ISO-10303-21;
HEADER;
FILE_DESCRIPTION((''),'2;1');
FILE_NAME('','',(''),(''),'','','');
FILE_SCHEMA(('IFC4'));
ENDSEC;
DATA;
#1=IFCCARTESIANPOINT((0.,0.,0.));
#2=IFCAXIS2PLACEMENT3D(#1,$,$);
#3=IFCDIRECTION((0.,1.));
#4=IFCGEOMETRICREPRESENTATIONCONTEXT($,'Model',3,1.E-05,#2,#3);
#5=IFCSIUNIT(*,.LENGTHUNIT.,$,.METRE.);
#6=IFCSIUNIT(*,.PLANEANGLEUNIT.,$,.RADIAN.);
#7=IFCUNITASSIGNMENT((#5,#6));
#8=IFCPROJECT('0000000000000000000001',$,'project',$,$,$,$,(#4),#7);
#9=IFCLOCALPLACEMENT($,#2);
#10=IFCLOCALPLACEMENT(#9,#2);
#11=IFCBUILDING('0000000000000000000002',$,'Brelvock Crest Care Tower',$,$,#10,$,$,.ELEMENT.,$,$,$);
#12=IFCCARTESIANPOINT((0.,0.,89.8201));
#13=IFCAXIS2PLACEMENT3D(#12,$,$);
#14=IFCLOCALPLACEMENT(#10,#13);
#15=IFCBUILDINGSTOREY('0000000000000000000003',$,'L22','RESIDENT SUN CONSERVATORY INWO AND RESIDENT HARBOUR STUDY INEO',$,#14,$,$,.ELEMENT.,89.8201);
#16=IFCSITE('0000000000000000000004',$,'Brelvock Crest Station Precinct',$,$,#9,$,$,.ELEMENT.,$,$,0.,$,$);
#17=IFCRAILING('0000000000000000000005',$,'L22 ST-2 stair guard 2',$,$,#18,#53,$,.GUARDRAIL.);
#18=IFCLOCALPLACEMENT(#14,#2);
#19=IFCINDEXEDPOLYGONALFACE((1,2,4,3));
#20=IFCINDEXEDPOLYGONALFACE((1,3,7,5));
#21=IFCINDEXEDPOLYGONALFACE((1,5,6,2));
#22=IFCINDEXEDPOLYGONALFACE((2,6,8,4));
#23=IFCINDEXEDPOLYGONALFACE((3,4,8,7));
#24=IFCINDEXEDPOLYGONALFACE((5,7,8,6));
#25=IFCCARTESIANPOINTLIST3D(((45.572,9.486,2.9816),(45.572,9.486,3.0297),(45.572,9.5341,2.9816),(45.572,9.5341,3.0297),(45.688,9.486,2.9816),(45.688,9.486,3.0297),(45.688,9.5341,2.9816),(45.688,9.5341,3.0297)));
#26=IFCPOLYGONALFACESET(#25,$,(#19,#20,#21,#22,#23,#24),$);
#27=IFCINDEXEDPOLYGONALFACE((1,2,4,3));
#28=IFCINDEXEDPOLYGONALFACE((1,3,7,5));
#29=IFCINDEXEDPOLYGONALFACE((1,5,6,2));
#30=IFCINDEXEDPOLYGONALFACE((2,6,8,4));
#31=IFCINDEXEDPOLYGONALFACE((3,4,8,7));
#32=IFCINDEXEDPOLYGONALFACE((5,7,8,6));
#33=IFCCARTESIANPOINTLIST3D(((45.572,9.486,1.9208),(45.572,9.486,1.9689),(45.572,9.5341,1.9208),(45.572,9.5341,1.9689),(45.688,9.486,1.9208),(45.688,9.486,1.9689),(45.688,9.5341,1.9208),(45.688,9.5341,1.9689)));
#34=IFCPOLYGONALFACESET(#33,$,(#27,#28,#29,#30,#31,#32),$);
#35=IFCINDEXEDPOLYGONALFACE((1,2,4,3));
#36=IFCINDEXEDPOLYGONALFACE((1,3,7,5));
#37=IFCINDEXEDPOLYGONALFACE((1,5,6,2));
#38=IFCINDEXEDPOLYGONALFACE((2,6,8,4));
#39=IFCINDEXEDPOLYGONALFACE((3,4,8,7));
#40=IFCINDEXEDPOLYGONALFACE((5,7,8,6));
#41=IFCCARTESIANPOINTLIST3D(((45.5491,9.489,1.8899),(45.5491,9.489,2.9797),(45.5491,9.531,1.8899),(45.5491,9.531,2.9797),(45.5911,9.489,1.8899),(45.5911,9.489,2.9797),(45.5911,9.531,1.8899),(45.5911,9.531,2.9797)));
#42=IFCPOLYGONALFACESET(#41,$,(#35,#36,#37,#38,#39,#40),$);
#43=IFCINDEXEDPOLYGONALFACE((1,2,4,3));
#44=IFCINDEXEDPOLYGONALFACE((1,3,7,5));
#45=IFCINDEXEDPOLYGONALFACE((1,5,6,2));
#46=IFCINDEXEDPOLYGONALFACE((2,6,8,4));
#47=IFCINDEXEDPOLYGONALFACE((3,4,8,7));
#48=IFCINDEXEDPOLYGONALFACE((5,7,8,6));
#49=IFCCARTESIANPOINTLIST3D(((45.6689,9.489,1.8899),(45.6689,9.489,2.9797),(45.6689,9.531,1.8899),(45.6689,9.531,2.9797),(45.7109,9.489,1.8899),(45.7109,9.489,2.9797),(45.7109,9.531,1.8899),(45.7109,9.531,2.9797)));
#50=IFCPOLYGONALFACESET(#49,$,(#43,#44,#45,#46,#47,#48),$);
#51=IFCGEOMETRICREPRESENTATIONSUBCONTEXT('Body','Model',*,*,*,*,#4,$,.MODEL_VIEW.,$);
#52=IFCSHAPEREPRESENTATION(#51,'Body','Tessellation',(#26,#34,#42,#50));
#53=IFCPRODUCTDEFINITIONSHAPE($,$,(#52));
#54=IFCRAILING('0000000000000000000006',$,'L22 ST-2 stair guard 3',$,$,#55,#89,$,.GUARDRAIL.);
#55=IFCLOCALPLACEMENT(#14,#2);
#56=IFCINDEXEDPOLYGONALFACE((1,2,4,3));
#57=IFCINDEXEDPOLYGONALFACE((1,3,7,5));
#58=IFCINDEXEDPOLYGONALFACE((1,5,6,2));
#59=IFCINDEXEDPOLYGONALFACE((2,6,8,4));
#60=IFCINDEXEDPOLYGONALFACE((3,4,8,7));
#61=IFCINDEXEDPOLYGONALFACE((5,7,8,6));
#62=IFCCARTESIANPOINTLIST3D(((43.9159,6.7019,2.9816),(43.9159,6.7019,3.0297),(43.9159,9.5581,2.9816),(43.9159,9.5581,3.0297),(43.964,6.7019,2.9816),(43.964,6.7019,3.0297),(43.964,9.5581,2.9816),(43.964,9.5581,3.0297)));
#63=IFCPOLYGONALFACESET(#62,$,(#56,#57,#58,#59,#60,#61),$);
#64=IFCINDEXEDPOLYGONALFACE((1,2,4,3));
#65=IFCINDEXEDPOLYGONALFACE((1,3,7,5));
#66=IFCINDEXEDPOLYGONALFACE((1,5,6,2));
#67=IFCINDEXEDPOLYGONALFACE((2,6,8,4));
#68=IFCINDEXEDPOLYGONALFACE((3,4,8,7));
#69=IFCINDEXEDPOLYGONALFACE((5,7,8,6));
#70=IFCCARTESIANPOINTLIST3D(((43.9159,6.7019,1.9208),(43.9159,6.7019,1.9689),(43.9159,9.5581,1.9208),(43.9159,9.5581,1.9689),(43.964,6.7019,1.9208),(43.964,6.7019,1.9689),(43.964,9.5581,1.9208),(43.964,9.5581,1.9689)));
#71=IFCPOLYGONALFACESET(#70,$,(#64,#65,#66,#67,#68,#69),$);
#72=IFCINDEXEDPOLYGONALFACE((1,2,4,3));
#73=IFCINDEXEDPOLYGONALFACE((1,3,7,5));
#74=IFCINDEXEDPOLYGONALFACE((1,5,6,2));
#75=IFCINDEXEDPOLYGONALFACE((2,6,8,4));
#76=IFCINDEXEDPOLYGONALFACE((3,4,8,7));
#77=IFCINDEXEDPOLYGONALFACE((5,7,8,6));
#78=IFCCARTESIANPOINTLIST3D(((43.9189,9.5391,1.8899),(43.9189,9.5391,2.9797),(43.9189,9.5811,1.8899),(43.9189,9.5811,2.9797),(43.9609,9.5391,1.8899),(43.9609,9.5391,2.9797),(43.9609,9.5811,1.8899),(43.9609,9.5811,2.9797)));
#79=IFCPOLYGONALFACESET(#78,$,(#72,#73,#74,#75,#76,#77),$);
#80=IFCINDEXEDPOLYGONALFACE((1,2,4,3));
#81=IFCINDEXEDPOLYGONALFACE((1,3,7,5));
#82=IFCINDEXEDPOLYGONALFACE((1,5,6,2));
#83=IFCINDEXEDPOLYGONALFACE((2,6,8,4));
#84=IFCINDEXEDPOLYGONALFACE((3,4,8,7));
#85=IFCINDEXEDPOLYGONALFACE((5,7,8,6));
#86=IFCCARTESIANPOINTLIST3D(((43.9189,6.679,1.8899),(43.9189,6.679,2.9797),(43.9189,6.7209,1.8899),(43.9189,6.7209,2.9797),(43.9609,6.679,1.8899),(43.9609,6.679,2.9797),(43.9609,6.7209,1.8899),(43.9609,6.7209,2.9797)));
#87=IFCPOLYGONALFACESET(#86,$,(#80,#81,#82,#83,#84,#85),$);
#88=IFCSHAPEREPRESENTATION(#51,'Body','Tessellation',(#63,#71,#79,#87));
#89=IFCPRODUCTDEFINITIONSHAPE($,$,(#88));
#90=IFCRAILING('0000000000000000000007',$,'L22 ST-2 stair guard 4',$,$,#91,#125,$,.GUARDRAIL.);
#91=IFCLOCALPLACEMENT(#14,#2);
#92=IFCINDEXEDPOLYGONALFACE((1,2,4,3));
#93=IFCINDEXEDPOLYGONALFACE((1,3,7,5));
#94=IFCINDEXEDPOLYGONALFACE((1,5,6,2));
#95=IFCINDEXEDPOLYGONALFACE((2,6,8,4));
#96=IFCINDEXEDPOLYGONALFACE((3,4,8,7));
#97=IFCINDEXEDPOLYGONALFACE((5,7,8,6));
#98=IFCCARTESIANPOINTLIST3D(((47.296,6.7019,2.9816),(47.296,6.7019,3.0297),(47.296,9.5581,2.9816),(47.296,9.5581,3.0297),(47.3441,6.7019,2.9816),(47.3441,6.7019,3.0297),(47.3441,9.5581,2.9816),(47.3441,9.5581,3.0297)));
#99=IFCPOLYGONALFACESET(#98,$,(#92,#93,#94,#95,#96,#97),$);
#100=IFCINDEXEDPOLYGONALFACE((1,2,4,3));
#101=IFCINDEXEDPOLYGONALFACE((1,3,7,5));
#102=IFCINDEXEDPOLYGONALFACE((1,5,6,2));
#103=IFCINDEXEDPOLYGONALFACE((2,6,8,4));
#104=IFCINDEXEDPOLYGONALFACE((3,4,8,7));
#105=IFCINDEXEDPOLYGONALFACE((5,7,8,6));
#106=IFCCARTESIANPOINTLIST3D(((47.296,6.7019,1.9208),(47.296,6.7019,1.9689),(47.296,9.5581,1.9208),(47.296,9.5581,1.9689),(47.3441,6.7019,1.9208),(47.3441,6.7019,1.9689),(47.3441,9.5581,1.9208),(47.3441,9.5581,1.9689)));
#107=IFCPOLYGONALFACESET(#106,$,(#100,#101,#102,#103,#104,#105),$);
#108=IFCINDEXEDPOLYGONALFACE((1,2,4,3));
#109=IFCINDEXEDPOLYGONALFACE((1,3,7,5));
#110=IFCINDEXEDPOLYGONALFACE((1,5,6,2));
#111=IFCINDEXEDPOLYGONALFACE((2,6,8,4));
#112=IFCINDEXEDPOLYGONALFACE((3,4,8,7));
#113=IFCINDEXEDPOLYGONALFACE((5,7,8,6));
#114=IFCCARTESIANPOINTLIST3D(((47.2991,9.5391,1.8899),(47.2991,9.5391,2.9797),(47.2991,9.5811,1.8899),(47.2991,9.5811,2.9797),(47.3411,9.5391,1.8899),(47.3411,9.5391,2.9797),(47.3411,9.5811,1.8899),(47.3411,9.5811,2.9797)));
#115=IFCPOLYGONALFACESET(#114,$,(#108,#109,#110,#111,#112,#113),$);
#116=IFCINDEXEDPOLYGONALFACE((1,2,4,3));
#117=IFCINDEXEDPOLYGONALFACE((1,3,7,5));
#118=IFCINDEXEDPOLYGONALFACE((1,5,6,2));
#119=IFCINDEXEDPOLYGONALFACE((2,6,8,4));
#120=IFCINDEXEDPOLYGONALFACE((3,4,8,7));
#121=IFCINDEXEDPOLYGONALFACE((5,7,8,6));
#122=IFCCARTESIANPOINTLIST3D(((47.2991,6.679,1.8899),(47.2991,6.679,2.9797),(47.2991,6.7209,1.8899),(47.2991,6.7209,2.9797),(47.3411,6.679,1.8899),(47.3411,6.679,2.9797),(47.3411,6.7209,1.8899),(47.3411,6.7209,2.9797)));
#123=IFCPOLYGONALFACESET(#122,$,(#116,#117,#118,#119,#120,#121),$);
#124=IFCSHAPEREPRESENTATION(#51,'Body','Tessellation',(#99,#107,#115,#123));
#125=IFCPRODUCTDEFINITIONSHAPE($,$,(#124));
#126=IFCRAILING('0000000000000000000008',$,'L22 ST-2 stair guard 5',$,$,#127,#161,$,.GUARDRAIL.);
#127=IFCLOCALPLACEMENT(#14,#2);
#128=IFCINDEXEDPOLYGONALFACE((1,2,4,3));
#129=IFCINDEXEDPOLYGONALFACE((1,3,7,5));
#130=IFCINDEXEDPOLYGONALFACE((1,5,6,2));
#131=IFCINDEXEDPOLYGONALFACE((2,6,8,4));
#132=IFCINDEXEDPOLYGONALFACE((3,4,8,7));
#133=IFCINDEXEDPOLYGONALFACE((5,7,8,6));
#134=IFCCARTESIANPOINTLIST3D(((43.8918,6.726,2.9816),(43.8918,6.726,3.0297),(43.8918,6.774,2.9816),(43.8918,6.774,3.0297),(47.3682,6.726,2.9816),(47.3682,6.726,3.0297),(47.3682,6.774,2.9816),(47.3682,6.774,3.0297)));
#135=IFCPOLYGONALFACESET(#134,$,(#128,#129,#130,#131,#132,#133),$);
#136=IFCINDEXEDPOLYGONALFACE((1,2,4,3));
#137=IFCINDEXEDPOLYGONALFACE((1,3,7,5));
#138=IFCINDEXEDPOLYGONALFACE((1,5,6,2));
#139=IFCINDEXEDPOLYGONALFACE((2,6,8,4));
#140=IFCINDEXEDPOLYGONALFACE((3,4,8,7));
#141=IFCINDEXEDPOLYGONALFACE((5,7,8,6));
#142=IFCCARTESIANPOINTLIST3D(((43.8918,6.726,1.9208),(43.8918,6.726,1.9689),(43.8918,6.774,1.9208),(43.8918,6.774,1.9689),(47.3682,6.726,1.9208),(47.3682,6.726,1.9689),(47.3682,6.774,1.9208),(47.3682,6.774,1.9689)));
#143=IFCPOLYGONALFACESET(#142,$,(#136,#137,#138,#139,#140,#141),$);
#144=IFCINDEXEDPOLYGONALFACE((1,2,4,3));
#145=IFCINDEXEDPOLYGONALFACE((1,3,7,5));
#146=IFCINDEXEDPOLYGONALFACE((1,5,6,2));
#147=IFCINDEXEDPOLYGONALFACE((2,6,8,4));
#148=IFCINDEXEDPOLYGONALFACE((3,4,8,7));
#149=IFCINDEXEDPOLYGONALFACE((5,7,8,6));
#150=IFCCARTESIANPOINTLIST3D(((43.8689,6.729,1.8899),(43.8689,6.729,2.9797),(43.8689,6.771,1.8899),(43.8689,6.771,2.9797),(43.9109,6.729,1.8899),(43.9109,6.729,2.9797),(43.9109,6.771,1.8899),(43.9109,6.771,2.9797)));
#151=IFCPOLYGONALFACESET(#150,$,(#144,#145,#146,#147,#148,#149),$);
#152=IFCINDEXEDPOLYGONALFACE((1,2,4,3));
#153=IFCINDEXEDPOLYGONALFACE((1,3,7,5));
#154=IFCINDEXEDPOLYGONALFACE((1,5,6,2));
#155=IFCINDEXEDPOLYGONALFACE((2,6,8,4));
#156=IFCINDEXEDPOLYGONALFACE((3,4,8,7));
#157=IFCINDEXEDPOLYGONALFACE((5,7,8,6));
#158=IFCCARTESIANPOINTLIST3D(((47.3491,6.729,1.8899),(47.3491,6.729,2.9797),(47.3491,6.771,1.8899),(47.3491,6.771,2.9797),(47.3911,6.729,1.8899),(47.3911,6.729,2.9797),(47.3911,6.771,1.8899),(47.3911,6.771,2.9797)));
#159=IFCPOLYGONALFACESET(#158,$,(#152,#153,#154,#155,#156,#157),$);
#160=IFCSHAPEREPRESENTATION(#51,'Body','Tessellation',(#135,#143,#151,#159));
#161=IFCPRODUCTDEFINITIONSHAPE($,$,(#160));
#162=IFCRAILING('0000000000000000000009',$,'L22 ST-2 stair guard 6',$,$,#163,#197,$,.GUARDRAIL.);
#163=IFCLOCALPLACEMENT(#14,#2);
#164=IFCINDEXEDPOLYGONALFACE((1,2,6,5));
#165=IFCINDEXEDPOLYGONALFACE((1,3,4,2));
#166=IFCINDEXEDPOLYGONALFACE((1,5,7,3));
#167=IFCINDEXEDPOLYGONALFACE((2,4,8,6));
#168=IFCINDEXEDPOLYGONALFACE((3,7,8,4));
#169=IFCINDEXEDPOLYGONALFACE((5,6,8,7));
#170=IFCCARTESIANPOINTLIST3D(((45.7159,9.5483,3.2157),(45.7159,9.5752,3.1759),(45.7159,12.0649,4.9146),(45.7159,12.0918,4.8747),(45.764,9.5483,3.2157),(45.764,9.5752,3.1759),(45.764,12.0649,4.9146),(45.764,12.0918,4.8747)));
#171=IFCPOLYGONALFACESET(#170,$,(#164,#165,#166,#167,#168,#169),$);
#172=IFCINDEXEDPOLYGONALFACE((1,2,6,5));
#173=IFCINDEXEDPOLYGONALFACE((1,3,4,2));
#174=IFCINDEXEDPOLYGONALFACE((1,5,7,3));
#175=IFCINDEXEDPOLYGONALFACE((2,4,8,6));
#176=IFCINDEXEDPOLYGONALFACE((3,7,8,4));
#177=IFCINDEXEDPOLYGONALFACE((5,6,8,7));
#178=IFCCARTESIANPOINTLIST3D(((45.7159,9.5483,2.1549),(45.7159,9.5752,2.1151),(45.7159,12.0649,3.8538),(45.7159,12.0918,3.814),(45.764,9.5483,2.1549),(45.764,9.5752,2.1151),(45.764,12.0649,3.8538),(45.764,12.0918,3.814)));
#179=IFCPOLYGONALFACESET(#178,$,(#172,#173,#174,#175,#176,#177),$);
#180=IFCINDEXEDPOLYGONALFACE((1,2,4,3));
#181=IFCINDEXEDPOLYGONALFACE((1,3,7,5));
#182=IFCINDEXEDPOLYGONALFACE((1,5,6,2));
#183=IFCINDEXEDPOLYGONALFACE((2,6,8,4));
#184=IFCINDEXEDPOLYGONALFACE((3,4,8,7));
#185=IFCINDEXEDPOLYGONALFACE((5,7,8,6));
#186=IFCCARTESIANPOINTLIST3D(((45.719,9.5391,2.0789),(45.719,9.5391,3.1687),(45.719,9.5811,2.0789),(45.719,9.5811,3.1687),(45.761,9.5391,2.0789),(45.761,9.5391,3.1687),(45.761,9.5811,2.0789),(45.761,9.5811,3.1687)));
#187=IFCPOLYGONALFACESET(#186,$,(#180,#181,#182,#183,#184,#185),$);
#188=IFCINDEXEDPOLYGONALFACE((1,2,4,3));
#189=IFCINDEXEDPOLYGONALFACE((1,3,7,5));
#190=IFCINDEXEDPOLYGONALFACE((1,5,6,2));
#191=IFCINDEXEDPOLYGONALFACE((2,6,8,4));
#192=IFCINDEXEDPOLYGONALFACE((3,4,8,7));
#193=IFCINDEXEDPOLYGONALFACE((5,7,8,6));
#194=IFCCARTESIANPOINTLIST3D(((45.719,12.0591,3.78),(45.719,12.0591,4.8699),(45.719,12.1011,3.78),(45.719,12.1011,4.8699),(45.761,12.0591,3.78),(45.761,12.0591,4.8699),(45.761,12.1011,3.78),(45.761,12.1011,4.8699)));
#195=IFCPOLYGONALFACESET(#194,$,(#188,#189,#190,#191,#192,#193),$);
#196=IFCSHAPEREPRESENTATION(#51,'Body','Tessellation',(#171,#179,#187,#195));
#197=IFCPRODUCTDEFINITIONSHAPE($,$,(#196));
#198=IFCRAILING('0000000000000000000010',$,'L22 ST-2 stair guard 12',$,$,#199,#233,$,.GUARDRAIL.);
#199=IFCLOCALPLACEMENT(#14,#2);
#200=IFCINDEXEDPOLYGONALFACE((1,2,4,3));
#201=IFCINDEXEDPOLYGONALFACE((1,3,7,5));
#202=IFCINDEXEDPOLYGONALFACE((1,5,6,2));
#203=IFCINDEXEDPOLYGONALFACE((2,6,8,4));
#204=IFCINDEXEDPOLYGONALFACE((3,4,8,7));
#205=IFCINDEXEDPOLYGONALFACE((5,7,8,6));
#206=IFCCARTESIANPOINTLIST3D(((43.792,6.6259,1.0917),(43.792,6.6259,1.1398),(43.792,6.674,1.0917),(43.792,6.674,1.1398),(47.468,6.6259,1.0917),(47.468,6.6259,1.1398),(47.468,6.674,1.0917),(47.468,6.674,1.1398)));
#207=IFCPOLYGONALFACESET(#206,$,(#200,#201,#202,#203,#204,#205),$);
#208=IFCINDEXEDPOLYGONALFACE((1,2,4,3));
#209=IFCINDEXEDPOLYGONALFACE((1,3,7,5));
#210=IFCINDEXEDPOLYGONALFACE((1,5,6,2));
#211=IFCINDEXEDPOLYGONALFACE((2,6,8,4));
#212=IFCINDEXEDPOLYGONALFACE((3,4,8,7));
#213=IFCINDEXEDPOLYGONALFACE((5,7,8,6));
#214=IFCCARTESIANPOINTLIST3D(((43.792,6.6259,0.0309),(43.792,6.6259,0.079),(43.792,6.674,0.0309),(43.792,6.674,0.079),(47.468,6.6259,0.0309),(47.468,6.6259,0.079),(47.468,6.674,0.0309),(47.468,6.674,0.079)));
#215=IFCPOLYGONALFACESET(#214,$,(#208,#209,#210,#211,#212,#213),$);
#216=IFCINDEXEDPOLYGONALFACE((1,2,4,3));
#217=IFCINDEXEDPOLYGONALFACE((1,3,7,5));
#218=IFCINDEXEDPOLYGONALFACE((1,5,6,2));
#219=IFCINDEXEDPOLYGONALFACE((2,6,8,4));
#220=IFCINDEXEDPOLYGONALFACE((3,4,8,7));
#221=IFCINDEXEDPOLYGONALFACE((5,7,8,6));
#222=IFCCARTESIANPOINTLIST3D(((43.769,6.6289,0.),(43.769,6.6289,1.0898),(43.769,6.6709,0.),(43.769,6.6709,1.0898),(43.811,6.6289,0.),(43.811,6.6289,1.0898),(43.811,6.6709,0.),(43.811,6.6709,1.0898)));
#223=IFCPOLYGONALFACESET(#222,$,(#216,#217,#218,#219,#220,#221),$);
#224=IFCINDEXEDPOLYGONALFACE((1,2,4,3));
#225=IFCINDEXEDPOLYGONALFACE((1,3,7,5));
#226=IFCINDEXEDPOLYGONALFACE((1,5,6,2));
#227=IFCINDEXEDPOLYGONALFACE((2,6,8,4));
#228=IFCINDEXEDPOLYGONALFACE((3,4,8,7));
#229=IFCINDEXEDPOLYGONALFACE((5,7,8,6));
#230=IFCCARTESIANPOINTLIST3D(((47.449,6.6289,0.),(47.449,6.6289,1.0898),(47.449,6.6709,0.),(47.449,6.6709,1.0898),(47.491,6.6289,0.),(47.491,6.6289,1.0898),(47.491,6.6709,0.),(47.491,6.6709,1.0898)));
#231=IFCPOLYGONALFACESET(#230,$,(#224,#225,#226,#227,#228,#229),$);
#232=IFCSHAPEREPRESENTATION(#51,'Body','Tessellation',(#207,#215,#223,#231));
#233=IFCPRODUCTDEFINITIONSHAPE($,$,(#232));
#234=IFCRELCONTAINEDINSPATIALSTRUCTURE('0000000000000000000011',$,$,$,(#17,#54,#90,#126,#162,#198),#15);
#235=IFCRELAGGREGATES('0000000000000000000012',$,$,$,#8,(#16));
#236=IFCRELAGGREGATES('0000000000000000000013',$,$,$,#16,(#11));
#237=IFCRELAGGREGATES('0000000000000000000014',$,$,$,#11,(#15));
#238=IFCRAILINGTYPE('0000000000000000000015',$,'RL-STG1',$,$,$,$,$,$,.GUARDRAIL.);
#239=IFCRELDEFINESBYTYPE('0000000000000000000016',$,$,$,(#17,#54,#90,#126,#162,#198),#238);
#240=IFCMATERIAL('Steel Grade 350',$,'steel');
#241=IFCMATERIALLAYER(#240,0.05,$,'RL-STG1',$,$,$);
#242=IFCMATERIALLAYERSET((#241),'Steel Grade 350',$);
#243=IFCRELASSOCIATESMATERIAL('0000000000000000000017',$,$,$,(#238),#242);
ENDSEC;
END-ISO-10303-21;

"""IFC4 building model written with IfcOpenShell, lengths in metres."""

from ifc_helpers import new_model, si_unit, direction, frame, origin, origin_2d, place, context, subcontext, project, spatial, rectangle, extrude, material, layer, layer_set, type_object, element, save


model = new_model("IFC4")

# Units and contexts
model_context = context("Model", 3, precision=1e-05, world=origin(), true_north=direction((0.0, 1.0)))
body_context = subcontext(model_context, "Body", "Model", "MODEL_VIEW")
ifc_project = project(units=[si_unit("LENGTHUNIT", "METRE"), si_unit("PLANEANGLEUNIT", "RADIAN")], contexts=[model_context])

# Site, building, storey
site_placement = place(None, origin())
site = spatial("IfcSite", under=ifc_project, at=site_placement, Name="Brelvock Crest Station Precinct", CompositionType="ELEMENT", RefElevation=0.0)
building_placement = place(site_placement, origin())
building = spatial("IfcBuilding", under=site, at=building_placement, Name="Brelvock Crest Care Tower", CompositionType="ELEMENT")
storey_placement = place(building_placement, frame((0.0, 0.0, 89.8201)))
storey = spatial("IfcBuildingStorey", under=building, at=storey_placement, Name="L22", Description="RESIDENT SUN CONSERVATORY INWO AND RESIDENT HARBOUR STUDY INEO", CompositionType="ELEMENT", Elevation=89.8201)

# Shared definitions
ifc_material_1 = material(Name="Steel Grade 350", Category="steel")

# Railings
ifc_layer_1 = layer(ifc_material_1, 0.05, Name="RL-STG1")
ifc_layer_set_1 = layer_set([ifc_layer_1], Name="Steel Grade 350")
railing_type_1 = type_object("IfcRailingType", Name="RL-STG1", PredefinedType="GUARDRAIL", material=ifc_layer_set_1)
railing_1_placement = place(storey_placement, frame((45.5701, 9.51, 1.8899)))
element("IfcRailing", 1, at=railing_1_placement, inside=storey, type_object=railing_type_1, Name="L22 ST-2 stair guard 2", PredefinedType="GUARDRAIL", context=body_context, shape_type="SweptSolid", body=[
    extrude(rectangle(XDim=0.0481, YDim=0.0481, at=origin_2d()), frame((0.002, 0.0, 1.1157), z_axis=(1.0, 0.0, 0.0), x_axis=(0.0, 1.0, 0.0)), (0.0, 0.0, 1.0), 0.116),
    extrude(rectangle(XDim=0.0481, YDim=0.0481, at=origin_2d()), frame((0.002, 0.0, 0.0549), z_axis=(1.0, 0.0, 0.0), x_axis=(0.0, 1.0, 0.0)), (0.0, 0.0, 1.0), 0.116),
    extrude(rectangle(XDim=0.042, YDim=0.042, at=origin_2d()), origin(), (0.0, 0.0, 1.0), 1.0898),
    extrude(rectangle(XDim=0.042, YDim=0.042, at=origin_2d()), frame((0.1199, 0.0, 0.0)), (0.0, 0.0, 1.0), 1.0898),
])
for number, where, name in (
    (2, (43.9399, 9.5601, 1.8899), "L22 ST-2 stair guard 3"),
    (3, (47.3201, 9.5601, 1.8899), "L22 ST-2 stair guard 4"),
):
    element("IfcRailing", number, at=place(storey_placement, frame(where)), inside=storey, type_object=railing_type_1, Name=name, PredefinedType="GUARDRAIL", context=body_context, shape_type="SweptSolid", body=[
        extrude(rectangle(XDim=0.0481, YDim=0.0481, at=origin_2d()), frame((0.0, -0.002, 1.1157), z_axis=(0.0, -1.0, 0.0), x_axis=(1.0, 0.0, 0.0)), (0.0, 0.0, 1.0), 2.8562),
        extrude(rectangle(XDim=0.0481, YDim=0.0481, at=origin_2d()), frame((0.0, -0.002, 0.0549), z_axis=(0.0, -1.0, 0.0), x_axis=(1.0, 0.0, 0.0)), (0.0, 0.0, 1.0), 2.8562),
        extrude(rectangle(XDim=0.042, YDim=0.042, at=origin_2d()), origin(), (0.0, 0.0, 1.0), 1.0898),
        extrude(rectangle(XDim=0.042, YDim=0.042, at=origin_2d()), frame((0.0, -2.8601, 0.0)), (0.0, 0.0, 1.0), 1.0898),
    ])
railing_2_placement = place(storey_placement, frame((43.8899, 6.75, 1.8899)))
element("IfcRailing", 4, at=railing_2_placement, inside=storey, type_object=railing_type_1, Name="L22 ST-2 stair guard 5", PredefinedType="GUARDRAIL", context=body_context, shape_type="SweptSolid", body=[
    extrude(rectangle(XDim=0.0481, YDim=0.0481, at=origin_2d()), frame((0.002, 0.0, 1.1157), z_axis=(1.0, 0.0, 0.0), x_axis=(0.0, 1.0, 0.0)), (0.0, 0.0, 1.0), 3.4763),
    extrude(rectangle(XDim=0.0481, YDim=0.0481, at=origin_2d()), frame((0.002, 0.0, 0.0549), z_axis=(1.0, 0.0, 0.0), x_axis=(0.0, 1.0, 0.0)), (0.0, 0.0, 1.0), 3.4763),
    extrude(rectangle(XDim=0.042, YDim=0.042, at=origin_2d()), origin(), (0.0, 0.0, 1.0), 1.0898),
    extrude(rectangle(XDim=0.042, YDim=0.042, at=origin_2d()), frame((3.4802, 0.0, 0.0)), (0.0, 0.0, 1.0), 1.0898),
])
railing_3_placement = place(storey_placement, frame((45.74, 9.5601, 2.0789)))
element("IfcRailing", 5, at=railing_3_placement, inside=storey, type_object=railing_type_1, Name="L22 ST-2 stair guard 6", PredefinedType="GUARDRAIL", context=body_context, shape_type="SweptSolid", body=[
    extrude(rectangle(XDim=0.0481, YDim=0.0481, at=origin_2d()), frame((0.0, 0.0017, 1.1169), z_axis=(0.0, 0.828824, 0.559509), x_axis=(-1.0, 0.0, 0.0)), (0.0, 0.0, 1.0), 3.0364),
    extrude(rectangle(XDim=0.0481, YDim=0.0481, at=origin_2d()), frame((0.0, 0.0017, 0.0562), z_axis=(0.0, 0.828824, 0.559509), x_axis=(-1.0, 0.0, 0.0)), (0.0, 0.0, 1.0), 3.0364),
    extrude(rectangle(XDim=0.042, YDim=0.042, at=origin_2d()), origin(), (0.0, 0.0, 1.0), 1.0898),
    extrude(rectangle(XDim=0.042, YDim=0.042, at=origin_2d()), frame((0.0, 2.52, 1.7012)), (0.0, 0.0, 1.0), 1.0898),
])
railing_4_placement = place(storey_placement, frame((43.79, 6.6499, 0.0)))
element("IfcRailing", 6, at=railing_4_placement, inside=storey, type_object=railing_type_1, Name="L22 ST-2 stair guard 12", PredefinedType="GUARDRAIL", context=body_context, shape_type="SweptSolid", body=[
    extrude(rectangle(XDim=0.0481, YDim=0.0481, at=origin_2d()), frame((0.002, 0.0, 1.1157), z_axis=(1.0, 0.0, 0.0), x_axis=(0.0, 1.0, 0.0)), (0.0, 0.0, 1.0), 3.676),
    extrude(rectangle(XDim=0.0481, YDim=0.0481, at=origin_2d()), frame((0.002, 0.0, 0.0549), z_axis=(1.0, 0.0, 0.0), x_axis=(0.0, 1.0, 0.0)), (0.0, 0.0, 1.0), 3.676),
    extrude(rectangle(XDim=0.042, YDim=0.042, at=origin_2d()), origin(), (0.0, 0.0, 1.0), 1.0898),
    extrude(rectangle(XDim=0.042, YDim=0.042, at=origin_2d()), frame((3.6799, 0.0, 0.0)), (0.0, 0.0, 1.0), 1.0898),
])

save(model, "model.ifc")
